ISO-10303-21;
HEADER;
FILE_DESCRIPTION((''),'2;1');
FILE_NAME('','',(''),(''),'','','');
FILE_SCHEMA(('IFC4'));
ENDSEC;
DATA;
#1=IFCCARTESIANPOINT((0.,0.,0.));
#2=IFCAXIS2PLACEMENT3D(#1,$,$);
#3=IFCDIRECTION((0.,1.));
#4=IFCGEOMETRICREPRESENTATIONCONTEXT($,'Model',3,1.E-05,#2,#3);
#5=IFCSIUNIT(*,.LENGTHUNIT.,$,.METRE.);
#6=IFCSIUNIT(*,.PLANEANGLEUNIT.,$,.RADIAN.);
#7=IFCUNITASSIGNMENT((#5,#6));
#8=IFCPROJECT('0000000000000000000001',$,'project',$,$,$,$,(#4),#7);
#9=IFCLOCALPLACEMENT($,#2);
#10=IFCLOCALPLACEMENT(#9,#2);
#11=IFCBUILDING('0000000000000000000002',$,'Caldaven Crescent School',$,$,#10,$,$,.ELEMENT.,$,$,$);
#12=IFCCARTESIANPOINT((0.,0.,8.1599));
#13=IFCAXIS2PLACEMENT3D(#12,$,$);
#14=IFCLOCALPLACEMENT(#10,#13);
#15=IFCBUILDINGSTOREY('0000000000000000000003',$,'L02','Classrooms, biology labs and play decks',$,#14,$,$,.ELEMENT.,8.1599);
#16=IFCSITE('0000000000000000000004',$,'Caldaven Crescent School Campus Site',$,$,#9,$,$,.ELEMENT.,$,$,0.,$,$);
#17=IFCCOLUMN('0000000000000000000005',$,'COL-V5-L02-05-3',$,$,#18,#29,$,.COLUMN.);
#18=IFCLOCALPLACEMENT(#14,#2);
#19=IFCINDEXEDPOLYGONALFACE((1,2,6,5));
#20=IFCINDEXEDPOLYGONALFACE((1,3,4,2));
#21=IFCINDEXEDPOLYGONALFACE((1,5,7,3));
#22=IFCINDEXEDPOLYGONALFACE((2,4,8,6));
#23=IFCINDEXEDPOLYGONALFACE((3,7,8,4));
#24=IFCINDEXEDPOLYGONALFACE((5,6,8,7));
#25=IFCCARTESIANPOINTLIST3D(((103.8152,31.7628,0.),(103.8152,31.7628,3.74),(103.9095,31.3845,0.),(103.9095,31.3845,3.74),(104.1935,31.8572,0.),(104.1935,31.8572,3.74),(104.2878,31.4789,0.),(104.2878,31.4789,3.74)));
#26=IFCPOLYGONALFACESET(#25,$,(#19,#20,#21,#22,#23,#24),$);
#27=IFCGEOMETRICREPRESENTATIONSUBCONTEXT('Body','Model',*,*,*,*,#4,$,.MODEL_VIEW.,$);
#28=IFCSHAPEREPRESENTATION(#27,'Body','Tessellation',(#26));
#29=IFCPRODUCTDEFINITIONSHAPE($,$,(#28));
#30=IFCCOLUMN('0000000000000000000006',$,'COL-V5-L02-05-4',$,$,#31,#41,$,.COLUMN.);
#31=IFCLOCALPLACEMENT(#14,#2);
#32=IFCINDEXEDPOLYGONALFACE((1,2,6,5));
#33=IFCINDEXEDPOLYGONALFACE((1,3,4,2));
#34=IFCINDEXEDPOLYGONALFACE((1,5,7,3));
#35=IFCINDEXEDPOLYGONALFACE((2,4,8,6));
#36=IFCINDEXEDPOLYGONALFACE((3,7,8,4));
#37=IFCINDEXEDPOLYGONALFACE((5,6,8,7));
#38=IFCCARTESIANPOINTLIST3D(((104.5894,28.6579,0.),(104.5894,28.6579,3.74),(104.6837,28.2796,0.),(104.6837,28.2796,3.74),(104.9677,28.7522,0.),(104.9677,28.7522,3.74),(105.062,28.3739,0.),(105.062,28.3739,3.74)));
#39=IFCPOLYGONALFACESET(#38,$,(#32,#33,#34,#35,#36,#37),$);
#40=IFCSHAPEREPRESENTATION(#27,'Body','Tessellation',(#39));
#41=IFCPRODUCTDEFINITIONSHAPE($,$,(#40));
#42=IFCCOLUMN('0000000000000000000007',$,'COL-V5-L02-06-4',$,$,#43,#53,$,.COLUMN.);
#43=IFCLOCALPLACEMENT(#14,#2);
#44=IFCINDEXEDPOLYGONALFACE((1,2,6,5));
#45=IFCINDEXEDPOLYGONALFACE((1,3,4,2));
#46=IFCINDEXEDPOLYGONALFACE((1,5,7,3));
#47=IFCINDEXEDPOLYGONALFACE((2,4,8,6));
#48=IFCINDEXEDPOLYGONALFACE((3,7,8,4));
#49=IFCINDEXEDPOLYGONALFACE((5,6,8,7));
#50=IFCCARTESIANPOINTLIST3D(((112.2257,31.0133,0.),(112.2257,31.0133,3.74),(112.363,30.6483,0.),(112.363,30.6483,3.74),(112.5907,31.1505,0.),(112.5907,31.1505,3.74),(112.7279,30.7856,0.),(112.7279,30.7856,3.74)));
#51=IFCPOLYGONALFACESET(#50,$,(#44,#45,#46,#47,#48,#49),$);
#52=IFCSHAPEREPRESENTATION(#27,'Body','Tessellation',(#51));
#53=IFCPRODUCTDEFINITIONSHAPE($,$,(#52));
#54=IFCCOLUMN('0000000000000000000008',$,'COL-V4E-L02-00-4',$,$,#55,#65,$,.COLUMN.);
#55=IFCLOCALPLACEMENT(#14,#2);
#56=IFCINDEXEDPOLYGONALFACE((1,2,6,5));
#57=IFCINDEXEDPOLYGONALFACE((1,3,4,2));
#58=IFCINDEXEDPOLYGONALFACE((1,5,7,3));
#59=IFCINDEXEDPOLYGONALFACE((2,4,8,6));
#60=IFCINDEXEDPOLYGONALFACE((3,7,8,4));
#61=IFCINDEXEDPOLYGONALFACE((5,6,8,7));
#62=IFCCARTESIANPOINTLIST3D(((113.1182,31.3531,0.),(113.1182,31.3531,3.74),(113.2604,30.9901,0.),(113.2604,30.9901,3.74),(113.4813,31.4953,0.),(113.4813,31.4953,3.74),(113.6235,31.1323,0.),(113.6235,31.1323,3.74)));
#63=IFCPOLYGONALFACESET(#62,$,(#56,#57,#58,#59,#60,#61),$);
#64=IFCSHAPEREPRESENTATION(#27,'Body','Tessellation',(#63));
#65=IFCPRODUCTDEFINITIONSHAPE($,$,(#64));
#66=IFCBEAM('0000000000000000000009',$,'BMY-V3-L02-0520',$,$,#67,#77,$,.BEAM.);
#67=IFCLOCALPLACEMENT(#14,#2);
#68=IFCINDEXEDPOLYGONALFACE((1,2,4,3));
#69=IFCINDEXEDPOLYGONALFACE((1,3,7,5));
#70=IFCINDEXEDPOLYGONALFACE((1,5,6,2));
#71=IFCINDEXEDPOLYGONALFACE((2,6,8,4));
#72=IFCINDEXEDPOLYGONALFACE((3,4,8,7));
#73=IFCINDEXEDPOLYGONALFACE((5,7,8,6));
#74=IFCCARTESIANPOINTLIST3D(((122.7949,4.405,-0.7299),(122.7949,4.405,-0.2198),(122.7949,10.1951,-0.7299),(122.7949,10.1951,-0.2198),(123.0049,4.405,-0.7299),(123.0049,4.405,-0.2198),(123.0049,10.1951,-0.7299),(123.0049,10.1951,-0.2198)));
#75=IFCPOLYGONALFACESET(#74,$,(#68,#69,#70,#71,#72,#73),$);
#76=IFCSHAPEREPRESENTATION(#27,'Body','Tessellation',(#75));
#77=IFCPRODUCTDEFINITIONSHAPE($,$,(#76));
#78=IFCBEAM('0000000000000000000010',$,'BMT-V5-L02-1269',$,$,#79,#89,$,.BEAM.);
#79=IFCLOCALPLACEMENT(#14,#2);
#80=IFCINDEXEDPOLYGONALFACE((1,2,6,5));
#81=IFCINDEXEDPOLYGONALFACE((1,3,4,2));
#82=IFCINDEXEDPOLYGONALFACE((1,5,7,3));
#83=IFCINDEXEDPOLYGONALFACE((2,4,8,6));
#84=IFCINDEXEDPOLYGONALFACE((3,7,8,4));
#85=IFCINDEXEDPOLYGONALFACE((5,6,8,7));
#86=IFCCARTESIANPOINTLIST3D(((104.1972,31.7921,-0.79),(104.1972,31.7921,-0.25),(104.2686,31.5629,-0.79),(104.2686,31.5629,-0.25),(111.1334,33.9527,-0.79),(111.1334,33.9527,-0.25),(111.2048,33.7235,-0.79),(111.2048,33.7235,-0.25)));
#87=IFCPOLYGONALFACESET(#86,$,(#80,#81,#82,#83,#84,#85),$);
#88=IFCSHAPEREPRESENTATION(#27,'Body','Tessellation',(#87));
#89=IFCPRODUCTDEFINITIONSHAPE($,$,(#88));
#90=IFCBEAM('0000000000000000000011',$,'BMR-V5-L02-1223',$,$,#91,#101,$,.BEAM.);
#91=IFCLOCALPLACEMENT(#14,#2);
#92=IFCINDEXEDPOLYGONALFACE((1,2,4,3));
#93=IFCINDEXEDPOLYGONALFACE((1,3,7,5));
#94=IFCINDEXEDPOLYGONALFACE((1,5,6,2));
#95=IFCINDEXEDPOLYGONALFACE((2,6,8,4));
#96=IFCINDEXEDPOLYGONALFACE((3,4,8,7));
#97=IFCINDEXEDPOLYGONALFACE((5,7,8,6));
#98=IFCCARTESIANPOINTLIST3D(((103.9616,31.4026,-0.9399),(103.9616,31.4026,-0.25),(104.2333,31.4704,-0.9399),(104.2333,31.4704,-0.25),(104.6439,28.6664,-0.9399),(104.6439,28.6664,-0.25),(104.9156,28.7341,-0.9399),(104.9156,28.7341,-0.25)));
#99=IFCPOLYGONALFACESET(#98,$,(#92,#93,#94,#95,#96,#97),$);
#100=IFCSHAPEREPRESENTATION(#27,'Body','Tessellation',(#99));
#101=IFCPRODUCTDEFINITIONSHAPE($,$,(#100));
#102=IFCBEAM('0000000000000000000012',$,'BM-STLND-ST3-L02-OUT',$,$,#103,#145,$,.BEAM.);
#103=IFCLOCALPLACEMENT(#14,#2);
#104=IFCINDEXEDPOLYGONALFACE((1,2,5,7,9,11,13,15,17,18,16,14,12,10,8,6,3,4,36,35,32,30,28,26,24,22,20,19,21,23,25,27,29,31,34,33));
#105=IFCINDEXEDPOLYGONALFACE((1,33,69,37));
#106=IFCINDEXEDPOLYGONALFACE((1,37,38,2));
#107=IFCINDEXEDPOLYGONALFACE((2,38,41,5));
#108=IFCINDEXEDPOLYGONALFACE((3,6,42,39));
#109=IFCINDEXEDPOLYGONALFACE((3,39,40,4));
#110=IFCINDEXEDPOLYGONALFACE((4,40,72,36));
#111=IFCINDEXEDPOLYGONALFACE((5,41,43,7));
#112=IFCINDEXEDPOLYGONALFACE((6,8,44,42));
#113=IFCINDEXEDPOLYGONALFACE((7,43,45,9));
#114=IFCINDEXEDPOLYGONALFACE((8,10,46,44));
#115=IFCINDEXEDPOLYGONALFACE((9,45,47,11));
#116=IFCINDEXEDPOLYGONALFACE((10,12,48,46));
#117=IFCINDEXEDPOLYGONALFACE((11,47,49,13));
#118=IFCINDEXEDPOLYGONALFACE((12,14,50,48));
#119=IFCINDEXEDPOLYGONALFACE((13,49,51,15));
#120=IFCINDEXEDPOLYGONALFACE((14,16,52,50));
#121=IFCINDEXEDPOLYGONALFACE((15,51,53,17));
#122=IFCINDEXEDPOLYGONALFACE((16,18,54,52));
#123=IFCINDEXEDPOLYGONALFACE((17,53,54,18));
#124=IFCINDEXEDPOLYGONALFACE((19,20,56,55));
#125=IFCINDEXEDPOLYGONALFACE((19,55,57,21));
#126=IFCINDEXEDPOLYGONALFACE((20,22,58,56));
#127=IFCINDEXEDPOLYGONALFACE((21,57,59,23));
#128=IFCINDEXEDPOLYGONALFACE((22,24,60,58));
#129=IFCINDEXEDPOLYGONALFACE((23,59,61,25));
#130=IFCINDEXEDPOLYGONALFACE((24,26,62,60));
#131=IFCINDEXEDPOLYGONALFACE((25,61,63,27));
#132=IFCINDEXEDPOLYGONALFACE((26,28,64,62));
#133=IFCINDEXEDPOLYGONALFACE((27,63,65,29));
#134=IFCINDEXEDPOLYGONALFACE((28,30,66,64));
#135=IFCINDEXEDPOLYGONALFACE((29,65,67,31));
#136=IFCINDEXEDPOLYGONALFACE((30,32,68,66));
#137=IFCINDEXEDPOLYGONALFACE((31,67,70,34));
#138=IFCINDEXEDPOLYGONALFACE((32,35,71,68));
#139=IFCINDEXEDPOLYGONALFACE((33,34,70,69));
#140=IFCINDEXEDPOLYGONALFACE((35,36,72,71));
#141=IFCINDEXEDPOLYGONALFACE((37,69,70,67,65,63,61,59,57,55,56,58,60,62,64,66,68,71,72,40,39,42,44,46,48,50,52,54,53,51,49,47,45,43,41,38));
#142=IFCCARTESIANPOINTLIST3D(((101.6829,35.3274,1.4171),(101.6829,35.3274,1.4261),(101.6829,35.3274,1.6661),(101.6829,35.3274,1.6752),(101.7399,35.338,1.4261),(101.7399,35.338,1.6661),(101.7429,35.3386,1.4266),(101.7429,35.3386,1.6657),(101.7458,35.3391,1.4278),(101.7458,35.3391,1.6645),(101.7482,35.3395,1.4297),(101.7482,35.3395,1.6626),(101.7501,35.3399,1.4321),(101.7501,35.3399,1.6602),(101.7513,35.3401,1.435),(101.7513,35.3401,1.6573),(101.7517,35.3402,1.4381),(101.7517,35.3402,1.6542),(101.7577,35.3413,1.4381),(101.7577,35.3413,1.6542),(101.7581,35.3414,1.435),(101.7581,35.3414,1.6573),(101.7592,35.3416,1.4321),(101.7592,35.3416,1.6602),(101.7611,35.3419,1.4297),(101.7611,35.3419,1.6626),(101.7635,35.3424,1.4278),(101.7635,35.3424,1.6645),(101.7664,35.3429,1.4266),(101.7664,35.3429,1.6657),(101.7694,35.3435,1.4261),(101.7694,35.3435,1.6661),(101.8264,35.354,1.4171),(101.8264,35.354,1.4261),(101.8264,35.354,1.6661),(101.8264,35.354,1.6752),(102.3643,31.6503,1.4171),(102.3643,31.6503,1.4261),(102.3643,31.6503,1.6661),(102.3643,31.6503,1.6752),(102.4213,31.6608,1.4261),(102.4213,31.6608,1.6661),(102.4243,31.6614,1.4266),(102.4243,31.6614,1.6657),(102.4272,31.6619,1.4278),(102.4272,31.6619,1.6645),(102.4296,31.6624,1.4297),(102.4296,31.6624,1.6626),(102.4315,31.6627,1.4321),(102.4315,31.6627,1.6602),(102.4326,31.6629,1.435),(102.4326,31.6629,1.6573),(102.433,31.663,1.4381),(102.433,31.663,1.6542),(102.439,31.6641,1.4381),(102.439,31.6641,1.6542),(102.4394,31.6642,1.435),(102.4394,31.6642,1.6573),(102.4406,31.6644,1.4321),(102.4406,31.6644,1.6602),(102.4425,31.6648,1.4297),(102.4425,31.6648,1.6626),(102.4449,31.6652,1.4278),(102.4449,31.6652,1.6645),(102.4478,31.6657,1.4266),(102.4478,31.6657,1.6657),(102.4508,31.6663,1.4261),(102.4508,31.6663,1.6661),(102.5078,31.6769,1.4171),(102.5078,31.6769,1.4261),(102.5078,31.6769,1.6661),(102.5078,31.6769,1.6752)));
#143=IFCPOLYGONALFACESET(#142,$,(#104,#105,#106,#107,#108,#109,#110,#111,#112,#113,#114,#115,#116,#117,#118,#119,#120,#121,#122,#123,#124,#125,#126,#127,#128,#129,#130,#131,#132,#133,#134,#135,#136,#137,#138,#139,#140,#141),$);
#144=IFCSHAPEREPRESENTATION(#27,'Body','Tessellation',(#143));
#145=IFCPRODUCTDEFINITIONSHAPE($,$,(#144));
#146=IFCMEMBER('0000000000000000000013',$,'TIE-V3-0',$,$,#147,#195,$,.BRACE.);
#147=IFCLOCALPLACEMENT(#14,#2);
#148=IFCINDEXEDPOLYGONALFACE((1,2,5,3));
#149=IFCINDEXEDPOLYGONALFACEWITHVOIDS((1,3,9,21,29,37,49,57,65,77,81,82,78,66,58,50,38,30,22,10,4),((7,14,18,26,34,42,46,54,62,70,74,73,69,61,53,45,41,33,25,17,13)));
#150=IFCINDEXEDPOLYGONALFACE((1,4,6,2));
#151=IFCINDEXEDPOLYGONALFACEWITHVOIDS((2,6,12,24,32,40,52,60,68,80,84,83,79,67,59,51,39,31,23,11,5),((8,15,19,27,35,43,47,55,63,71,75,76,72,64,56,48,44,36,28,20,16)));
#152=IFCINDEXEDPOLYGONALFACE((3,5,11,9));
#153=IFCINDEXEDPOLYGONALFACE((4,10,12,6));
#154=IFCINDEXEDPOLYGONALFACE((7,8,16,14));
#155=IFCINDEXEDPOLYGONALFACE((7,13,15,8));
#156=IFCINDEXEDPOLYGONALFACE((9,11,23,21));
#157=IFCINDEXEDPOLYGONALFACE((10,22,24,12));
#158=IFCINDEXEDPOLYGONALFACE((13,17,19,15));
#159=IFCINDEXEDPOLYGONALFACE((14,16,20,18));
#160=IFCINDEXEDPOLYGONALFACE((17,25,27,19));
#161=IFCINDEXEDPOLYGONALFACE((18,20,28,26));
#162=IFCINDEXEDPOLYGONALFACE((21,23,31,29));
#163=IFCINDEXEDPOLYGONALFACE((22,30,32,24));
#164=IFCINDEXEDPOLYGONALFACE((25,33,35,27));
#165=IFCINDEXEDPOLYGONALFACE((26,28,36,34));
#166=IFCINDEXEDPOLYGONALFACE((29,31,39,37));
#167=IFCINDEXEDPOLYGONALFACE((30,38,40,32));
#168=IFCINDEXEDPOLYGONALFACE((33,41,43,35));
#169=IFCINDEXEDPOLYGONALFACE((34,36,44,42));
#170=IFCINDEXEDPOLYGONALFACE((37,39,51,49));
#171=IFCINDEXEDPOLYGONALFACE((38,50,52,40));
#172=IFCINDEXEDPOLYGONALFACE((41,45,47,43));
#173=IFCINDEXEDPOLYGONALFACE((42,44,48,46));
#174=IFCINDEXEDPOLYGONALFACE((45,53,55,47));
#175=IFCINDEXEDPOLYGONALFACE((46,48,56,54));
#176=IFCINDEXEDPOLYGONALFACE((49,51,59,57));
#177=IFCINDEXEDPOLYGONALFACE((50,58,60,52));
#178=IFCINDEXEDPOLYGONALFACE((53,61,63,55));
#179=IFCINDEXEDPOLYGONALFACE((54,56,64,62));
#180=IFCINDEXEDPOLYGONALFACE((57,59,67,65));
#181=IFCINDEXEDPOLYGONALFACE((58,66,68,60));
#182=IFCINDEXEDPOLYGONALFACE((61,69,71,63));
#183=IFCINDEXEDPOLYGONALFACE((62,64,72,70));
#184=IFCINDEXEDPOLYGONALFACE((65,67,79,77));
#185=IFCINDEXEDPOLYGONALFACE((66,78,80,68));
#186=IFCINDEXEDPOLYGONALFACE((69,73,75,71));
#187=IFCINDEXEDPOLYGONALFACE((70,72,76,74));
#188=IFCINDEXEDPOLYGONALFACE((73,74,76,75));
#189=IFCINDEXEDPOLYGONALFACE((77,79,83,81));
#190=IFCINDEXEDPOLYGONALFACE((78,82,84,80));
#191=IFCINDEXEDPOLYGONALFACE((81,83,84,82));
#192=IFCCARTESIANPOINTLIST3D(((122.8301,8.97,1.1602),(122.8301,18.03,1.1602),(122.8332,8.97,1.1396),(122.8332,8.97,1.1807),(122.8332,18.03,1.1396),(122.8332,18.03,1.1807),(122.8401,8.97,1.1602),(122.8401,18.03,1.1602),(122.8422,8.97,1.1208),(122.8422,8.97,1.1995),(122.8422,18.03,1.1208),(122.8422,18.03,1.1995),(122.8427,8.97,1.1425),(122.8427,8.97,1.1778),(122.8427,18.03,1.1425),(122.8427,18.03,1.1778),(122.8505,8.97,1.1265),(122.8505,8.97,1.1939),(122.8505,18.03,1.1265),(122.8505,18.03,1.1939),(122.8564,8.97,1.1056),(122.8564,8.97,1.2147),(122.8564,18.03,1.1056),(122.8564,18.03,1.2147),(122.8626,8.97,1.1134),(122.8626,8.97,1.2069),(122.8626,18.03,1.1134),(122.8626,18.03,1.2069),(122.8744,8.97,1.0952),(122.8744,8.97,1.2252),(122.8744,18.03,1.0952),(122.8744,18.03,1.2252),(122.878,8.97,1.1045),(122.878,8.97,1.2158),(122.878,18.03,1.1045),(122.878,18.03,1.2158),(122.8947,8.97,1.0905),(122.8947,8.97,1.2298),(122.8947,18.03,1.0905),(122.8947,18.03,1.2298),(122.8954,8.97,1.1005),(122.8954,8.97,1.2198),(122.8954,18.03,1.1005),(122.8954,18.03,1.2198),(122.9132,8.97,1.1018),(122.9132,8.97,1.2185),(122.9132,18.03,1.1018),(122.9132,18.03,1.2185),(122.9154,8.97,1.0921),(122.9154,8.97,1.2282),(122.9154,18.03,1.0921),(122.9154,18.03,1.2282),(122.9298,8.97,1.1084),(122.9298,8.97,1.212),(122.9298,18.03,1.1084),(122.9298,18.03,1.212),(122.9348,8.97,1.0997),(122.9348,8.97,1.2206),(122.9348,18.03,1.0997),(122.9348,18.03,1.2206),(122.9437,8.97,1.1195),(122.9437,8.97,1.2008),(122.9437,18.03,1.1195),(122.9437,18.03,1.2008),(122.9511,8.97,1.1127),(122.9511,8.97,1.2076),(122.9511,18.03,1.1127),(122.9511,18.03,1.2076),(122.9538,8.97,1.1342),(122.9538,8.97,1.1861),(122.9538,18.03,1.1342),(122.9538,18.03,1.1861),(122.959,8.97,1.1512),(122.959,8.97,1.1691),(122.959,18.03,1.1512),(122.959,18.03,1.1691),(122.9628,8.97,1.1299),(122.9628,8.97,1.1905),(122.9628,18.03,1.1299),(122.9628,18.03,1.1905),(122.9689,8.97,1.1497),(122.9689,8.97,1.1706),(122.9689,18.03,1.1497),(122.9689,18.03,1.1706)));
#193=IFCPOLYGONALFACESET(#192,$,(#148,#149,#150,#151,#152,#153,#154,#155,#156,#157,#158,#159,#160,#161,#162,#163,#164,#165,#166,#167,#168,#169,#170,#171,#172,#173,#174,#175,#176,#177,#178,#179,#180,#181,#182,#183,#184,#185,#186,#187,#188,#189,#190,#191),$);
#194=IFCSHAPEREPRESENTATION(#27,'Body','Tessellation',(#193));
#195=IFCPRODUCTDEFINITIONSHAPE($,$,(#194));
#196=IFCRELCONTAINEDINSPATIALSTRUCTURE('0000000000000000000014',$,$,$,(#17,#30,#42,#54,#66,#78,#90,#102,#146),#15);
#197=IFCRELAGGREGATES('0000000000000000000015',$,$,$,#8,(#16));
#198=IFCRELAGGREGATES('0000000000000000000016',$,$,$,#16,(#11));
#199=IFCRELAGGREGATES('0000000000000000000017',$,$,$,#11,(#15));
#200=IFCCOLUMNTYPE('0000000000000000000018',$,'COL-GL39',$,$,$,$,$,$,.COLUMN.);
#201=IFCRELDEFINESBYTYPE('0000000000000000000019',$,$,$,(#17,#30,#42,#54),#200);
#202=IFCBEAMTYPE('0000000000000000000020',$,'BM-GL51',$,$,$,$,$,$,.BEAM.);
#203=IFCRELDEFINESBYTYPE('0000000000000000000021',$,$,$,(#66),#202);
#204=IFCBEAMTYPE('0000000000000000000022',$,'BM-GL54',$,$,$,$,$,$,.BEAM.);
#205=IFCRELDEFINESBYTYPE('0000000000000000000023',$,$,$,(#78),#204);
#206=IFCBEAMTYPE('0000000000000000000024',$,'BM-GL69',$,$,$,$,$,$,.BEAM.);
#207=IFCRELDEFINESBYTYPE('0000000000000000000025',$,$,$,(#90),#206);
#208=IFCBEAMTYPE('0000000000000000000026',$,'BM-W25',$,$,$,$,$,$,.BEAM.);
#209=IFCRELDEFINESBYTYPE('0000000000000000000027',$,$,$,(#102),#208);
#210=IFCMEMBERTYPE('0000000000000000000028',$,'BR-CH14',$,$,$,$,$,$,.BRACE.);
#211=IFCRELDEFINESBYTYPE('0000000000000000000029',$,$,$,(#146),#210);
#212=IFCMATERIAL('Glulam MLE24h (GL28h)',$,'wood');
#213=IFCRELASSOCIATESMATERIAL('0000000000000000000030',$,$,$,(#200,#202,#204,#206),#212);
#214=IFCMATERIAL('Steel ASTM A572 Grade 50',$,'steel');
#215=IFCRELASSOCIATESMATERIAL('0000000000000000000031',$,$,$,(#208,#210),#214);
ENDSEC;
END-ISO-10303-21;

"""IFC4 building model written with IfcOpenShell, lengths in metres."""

from ifc_helpers import new_model, si_unit, direction, frame, origin, origin_2d, place, context, subcontext, project, spatial, rectangle, hollow_circle, i_section, extrude, material, material_profile, profile_set, type_object, element, save


model = new_model("IFC4")

# Units and contexts
model_context = context("Model", 3, precision=1e-05, world=origin(), true_north=direction((0.0, 1.0)))
body_context = subcontext(model_context, "Body", "Model", "MODEL_VIEW")
ifc_project = project(units=[si_unit("LENGTHUNIT", "METRE"), si_unit("PLANEANGLEUNIT", "RADIAN")], contexts=[model_context])

# Site, building, storey
site_placement = place(None, origin())
site = spatial("IfcSite", under=ifc_project, at=site_placement, Name="Caldaven Crescent School Campus Site", CompositionType="ELEMENT", RefElevation=0.0)
building_placement = place(site_placement, origin())
building = spatial("IfcBuilding", under=site, at=building_placement, Name="Caldaven Crescent School", CompositionType="ELEMENT")
storey_placement = place(building_placement, frame((0.0, 0.0, 8.1599)))
storey = spatial("IfcBuildingStorey", under=building, at=storey_placement, Name="L02", Description="Classrooms, biology labs and play decks", CompositionType="ELEMENT", Elevation=8.1599)

# Columns
ifc_material_1 = material(Name="Glulam MLE24h (GL28h)", Category="wood")
ifc_material_profile_1 = material_profile(ifc_material_1, rectangle(XDim=0.3899, YDim=0.3899, at=origin_2d()), Name="MLE 390x390")
ifc_profile_set_1 = profile_set([ifc_material_profile_1], Name="Glulam MLE24h (GL28h)")
column_type = type_object("IfcColumnType", Name="COL-GL39", PredefinedType="COLUMN", material=ifc_profile_set_1)
for number, where, z_axis, x_axis, name in (
    (1, (104.0515, 31.6208, 0.0), (0.0, 0.0, 1.0), (0.241922, -0.970296, 0.0), "COL-V5-L02-05-3"),
    (2, (104.8257, 28.5159, 0.0), (0.0, 0.0, 1.0), (0.241922, -0.970296, 0.0), "COL-V5-L02-05-4"),
    (3, (112.4768, 30.8994, 0.0), (0.0, 0.0, 1.0), (0.352005, -0.935998, 0.0), "COL-V5-L02-06-4"),
    (4, (113.3708, 31.2427, 0.0), (0.0, 0.0, 1.0), (0.364714, -0.931119, 0.0), "COL-V4E-L02-00-4"),
):
    element("IfcColumn", number, at=place(storey_placement, frame(where, z_axis=z_axis, x_axis=x_axis)), inside=storey, type_object=column_type, Name=name, PredefinedType="COLUMN", context=body_context, shape_type="SweptSolid", body=[
        extrude(rectangle(XDim=0.3899, YDim=0.3899, at=origin_2d()), origin(), (0.0, 0.0, 1.0), 3.74),
    ])

# Beams
ifc_material_profile_2 = material_profile(ifc_material_1, rectangle(XDim=0.21, YDim=0.51, at=origin_2d()), Name="MLE 210x510")
ifc_profile_set_2 = profile_set([ifc_material_profile_2], Name="Glulam MLE24h (GL28h)")
beam_type_1 = type_object("IfcBeamType", Name="BM-GL51", PredefinedType="BEAM", material=ifc_profile_set_2)
beam_1_placement = place(storey_placement, frame((122.8999, 4.405, -0.4749), z_axis=(0.0, 1.0, 0.0), x_axis=(-1.0, 0.0, 0.0)))
element("IfcBeam", 5, at=beam_1_placement, inside=storey, type_object=beam_type_1, Name="BMY-V3-L02-0520", PredefinedType="BEAM", context=body_context, shape_type="SweptSolid", body=[
    extrude(rectangle(XDim=0.21, YDim=0.51, at=origin_2d()), origin(), (0.0, 0.0, 1.0), 5.79),
])
ifc_material_profile_3 = material_profile(ifc_material_1, rectangle(XDim=0.24, YDim=0.54, at=origin_2d()), Name="MLE 240x540")
ifc_profile_set_3 = profile_set([ifc_material_profile_3], Name="Glulam MLE24h (GL28h)")
beam_type_2 = type_object("IfcBeamType", Name="BM-GL54", PredefinedType="BEAM", material=ifc_profile_set_3)
beam_2_placement = place(storey_placement, frame((104.2329, 31.6775, -0.52), z_axis=(0.954752, 0.297404, 0.0), x_axis=(-0.297404, 0.954752, 0.0)))
element("IfcBeam", 6, at=beam_2_placement, inside=storey, type_object=beam_type_2, Name="BMT-V5-L02-1269", PredefinedType="BEAM", context=body_context, shape_type="SweptSolid", body=[
    extrude(rectangle(XDim=0.24, YDim=0.54, at=origin_2d()), origin(), (0.0, 0.0, 1.0), 7.2649),
])
ifc_material_profile_4 = material_profile(ifc_material_1, rectangle(XDim=0.28, YDim=0.6899, at=origin_2d()), Name="MLE 280x690")
ifc_profile_set_4 = profile_set([ifc_material_profile_4], Name="Glulam MLE24h (GL28h)")
beam_type_3 = type_object("IfcBeamType", Name="BM-GL69", PredefinedType="BEAM", material=ifc_profile_set_4)
beam_3_placement = place(storey_placement, frame((104.0974, 31.4365, -0.595), z_axis=(0.241965, -0.970285, 0.0), x_axis=(0.970285, 0.241965, 0.0)))
element("IfcBeam", 7, at=beam_3_placement, inside=storey, type_object=beam_type_3, Name="BMR-V5-L02-1223", PredefinedType="BEAM", context=body_context, shape_type="SweptSolid", body=[
    extrude(rectangle(XDim=0.28, YDim=0.6899, at=origin_2d()), origin(), (0.0, 0.0, 1.0), 2.8201),
])
ifc_material_2 = material(Name="Steel ASTM A572 Grade 50", Category="steel")
ifc_material_profile_5 = material_profile(ifc_material_2, i_section(OverallWidth=0.146, OverallDepth=0.2581, WebThickness=0.0061, FlangeThickness=0.009, FilletRadius=0.012, at=origin_2d()), Name="W250x33")
ifc_profile_set_5 = profile_set([ifc_material_profile_5], Name="Steel ASTM A572 Grade 50")
beam_type_4 = type_object("IfcBeamType", Name="BM-W25", PredefinedType="BEAM", material=ifc_profile_set_5)
beam_4_placement = place(storey_placement, frame((102.436, 31.6636, 1.5461), z_axis=(-0.182199, 0.983262, 0.0), x_axis=(-0.983262, -0.182199, 0.0)))
element("IfcBeam", 8, at=beam_4_placement, inside=storey, type_object=beam_type_4, Name="BM-STLND-ST3-L02-OUT", PredefinedType="BEAM", context=body_context, shape_type="SweptSolid", body=[
    extrude(i_section(OverallWidth=0.146, OverallDepth=0.2581, WebThickness=0.0061, FlangeThickness=0.009, FilletRadius=0.012, at=origin_2d()), origin(), (0.0, 0.0, 1.0), 3.7397),
])

# Member
ifc_material_profile_6 = material_profile(ifc_material_2, hollow_circle(Radius=0.0698, WallThickness=0.01, at=origin_2d()), Name="CHS 139.7x10.0")
ifc_profile_set_6 = profile_set([ifc_material_profile_6], Name="Steel ASTM A572 Grade 50")
member_type_1 = type_object("IfcMemberType", Name="BR-CH14", PredefinedType="BRACE", material=ifc_profile_set_6)
member_1_placement = place(storey_placement, frame((122.8999, 8.97, 1.1602), z_axis=(0.0, 1.0, 0.0), x_axis=(-1.0, 0.0, 0.0)))
element("IfcMember", 9, at=member_1_placement, inside=storey, type_object=member_type_1, Name="TIE-V3-0", PredefinedType="BRACE", context=body_context, shape_type="SweptSolid", body=[
    extrude(hollow_circle(Radius=0.0698, WallThickness=0.01, at=origin_2d()), origin(), (0.0, 0.0, 1.0), 9.0601),
])

save(model, "model.ifc")
